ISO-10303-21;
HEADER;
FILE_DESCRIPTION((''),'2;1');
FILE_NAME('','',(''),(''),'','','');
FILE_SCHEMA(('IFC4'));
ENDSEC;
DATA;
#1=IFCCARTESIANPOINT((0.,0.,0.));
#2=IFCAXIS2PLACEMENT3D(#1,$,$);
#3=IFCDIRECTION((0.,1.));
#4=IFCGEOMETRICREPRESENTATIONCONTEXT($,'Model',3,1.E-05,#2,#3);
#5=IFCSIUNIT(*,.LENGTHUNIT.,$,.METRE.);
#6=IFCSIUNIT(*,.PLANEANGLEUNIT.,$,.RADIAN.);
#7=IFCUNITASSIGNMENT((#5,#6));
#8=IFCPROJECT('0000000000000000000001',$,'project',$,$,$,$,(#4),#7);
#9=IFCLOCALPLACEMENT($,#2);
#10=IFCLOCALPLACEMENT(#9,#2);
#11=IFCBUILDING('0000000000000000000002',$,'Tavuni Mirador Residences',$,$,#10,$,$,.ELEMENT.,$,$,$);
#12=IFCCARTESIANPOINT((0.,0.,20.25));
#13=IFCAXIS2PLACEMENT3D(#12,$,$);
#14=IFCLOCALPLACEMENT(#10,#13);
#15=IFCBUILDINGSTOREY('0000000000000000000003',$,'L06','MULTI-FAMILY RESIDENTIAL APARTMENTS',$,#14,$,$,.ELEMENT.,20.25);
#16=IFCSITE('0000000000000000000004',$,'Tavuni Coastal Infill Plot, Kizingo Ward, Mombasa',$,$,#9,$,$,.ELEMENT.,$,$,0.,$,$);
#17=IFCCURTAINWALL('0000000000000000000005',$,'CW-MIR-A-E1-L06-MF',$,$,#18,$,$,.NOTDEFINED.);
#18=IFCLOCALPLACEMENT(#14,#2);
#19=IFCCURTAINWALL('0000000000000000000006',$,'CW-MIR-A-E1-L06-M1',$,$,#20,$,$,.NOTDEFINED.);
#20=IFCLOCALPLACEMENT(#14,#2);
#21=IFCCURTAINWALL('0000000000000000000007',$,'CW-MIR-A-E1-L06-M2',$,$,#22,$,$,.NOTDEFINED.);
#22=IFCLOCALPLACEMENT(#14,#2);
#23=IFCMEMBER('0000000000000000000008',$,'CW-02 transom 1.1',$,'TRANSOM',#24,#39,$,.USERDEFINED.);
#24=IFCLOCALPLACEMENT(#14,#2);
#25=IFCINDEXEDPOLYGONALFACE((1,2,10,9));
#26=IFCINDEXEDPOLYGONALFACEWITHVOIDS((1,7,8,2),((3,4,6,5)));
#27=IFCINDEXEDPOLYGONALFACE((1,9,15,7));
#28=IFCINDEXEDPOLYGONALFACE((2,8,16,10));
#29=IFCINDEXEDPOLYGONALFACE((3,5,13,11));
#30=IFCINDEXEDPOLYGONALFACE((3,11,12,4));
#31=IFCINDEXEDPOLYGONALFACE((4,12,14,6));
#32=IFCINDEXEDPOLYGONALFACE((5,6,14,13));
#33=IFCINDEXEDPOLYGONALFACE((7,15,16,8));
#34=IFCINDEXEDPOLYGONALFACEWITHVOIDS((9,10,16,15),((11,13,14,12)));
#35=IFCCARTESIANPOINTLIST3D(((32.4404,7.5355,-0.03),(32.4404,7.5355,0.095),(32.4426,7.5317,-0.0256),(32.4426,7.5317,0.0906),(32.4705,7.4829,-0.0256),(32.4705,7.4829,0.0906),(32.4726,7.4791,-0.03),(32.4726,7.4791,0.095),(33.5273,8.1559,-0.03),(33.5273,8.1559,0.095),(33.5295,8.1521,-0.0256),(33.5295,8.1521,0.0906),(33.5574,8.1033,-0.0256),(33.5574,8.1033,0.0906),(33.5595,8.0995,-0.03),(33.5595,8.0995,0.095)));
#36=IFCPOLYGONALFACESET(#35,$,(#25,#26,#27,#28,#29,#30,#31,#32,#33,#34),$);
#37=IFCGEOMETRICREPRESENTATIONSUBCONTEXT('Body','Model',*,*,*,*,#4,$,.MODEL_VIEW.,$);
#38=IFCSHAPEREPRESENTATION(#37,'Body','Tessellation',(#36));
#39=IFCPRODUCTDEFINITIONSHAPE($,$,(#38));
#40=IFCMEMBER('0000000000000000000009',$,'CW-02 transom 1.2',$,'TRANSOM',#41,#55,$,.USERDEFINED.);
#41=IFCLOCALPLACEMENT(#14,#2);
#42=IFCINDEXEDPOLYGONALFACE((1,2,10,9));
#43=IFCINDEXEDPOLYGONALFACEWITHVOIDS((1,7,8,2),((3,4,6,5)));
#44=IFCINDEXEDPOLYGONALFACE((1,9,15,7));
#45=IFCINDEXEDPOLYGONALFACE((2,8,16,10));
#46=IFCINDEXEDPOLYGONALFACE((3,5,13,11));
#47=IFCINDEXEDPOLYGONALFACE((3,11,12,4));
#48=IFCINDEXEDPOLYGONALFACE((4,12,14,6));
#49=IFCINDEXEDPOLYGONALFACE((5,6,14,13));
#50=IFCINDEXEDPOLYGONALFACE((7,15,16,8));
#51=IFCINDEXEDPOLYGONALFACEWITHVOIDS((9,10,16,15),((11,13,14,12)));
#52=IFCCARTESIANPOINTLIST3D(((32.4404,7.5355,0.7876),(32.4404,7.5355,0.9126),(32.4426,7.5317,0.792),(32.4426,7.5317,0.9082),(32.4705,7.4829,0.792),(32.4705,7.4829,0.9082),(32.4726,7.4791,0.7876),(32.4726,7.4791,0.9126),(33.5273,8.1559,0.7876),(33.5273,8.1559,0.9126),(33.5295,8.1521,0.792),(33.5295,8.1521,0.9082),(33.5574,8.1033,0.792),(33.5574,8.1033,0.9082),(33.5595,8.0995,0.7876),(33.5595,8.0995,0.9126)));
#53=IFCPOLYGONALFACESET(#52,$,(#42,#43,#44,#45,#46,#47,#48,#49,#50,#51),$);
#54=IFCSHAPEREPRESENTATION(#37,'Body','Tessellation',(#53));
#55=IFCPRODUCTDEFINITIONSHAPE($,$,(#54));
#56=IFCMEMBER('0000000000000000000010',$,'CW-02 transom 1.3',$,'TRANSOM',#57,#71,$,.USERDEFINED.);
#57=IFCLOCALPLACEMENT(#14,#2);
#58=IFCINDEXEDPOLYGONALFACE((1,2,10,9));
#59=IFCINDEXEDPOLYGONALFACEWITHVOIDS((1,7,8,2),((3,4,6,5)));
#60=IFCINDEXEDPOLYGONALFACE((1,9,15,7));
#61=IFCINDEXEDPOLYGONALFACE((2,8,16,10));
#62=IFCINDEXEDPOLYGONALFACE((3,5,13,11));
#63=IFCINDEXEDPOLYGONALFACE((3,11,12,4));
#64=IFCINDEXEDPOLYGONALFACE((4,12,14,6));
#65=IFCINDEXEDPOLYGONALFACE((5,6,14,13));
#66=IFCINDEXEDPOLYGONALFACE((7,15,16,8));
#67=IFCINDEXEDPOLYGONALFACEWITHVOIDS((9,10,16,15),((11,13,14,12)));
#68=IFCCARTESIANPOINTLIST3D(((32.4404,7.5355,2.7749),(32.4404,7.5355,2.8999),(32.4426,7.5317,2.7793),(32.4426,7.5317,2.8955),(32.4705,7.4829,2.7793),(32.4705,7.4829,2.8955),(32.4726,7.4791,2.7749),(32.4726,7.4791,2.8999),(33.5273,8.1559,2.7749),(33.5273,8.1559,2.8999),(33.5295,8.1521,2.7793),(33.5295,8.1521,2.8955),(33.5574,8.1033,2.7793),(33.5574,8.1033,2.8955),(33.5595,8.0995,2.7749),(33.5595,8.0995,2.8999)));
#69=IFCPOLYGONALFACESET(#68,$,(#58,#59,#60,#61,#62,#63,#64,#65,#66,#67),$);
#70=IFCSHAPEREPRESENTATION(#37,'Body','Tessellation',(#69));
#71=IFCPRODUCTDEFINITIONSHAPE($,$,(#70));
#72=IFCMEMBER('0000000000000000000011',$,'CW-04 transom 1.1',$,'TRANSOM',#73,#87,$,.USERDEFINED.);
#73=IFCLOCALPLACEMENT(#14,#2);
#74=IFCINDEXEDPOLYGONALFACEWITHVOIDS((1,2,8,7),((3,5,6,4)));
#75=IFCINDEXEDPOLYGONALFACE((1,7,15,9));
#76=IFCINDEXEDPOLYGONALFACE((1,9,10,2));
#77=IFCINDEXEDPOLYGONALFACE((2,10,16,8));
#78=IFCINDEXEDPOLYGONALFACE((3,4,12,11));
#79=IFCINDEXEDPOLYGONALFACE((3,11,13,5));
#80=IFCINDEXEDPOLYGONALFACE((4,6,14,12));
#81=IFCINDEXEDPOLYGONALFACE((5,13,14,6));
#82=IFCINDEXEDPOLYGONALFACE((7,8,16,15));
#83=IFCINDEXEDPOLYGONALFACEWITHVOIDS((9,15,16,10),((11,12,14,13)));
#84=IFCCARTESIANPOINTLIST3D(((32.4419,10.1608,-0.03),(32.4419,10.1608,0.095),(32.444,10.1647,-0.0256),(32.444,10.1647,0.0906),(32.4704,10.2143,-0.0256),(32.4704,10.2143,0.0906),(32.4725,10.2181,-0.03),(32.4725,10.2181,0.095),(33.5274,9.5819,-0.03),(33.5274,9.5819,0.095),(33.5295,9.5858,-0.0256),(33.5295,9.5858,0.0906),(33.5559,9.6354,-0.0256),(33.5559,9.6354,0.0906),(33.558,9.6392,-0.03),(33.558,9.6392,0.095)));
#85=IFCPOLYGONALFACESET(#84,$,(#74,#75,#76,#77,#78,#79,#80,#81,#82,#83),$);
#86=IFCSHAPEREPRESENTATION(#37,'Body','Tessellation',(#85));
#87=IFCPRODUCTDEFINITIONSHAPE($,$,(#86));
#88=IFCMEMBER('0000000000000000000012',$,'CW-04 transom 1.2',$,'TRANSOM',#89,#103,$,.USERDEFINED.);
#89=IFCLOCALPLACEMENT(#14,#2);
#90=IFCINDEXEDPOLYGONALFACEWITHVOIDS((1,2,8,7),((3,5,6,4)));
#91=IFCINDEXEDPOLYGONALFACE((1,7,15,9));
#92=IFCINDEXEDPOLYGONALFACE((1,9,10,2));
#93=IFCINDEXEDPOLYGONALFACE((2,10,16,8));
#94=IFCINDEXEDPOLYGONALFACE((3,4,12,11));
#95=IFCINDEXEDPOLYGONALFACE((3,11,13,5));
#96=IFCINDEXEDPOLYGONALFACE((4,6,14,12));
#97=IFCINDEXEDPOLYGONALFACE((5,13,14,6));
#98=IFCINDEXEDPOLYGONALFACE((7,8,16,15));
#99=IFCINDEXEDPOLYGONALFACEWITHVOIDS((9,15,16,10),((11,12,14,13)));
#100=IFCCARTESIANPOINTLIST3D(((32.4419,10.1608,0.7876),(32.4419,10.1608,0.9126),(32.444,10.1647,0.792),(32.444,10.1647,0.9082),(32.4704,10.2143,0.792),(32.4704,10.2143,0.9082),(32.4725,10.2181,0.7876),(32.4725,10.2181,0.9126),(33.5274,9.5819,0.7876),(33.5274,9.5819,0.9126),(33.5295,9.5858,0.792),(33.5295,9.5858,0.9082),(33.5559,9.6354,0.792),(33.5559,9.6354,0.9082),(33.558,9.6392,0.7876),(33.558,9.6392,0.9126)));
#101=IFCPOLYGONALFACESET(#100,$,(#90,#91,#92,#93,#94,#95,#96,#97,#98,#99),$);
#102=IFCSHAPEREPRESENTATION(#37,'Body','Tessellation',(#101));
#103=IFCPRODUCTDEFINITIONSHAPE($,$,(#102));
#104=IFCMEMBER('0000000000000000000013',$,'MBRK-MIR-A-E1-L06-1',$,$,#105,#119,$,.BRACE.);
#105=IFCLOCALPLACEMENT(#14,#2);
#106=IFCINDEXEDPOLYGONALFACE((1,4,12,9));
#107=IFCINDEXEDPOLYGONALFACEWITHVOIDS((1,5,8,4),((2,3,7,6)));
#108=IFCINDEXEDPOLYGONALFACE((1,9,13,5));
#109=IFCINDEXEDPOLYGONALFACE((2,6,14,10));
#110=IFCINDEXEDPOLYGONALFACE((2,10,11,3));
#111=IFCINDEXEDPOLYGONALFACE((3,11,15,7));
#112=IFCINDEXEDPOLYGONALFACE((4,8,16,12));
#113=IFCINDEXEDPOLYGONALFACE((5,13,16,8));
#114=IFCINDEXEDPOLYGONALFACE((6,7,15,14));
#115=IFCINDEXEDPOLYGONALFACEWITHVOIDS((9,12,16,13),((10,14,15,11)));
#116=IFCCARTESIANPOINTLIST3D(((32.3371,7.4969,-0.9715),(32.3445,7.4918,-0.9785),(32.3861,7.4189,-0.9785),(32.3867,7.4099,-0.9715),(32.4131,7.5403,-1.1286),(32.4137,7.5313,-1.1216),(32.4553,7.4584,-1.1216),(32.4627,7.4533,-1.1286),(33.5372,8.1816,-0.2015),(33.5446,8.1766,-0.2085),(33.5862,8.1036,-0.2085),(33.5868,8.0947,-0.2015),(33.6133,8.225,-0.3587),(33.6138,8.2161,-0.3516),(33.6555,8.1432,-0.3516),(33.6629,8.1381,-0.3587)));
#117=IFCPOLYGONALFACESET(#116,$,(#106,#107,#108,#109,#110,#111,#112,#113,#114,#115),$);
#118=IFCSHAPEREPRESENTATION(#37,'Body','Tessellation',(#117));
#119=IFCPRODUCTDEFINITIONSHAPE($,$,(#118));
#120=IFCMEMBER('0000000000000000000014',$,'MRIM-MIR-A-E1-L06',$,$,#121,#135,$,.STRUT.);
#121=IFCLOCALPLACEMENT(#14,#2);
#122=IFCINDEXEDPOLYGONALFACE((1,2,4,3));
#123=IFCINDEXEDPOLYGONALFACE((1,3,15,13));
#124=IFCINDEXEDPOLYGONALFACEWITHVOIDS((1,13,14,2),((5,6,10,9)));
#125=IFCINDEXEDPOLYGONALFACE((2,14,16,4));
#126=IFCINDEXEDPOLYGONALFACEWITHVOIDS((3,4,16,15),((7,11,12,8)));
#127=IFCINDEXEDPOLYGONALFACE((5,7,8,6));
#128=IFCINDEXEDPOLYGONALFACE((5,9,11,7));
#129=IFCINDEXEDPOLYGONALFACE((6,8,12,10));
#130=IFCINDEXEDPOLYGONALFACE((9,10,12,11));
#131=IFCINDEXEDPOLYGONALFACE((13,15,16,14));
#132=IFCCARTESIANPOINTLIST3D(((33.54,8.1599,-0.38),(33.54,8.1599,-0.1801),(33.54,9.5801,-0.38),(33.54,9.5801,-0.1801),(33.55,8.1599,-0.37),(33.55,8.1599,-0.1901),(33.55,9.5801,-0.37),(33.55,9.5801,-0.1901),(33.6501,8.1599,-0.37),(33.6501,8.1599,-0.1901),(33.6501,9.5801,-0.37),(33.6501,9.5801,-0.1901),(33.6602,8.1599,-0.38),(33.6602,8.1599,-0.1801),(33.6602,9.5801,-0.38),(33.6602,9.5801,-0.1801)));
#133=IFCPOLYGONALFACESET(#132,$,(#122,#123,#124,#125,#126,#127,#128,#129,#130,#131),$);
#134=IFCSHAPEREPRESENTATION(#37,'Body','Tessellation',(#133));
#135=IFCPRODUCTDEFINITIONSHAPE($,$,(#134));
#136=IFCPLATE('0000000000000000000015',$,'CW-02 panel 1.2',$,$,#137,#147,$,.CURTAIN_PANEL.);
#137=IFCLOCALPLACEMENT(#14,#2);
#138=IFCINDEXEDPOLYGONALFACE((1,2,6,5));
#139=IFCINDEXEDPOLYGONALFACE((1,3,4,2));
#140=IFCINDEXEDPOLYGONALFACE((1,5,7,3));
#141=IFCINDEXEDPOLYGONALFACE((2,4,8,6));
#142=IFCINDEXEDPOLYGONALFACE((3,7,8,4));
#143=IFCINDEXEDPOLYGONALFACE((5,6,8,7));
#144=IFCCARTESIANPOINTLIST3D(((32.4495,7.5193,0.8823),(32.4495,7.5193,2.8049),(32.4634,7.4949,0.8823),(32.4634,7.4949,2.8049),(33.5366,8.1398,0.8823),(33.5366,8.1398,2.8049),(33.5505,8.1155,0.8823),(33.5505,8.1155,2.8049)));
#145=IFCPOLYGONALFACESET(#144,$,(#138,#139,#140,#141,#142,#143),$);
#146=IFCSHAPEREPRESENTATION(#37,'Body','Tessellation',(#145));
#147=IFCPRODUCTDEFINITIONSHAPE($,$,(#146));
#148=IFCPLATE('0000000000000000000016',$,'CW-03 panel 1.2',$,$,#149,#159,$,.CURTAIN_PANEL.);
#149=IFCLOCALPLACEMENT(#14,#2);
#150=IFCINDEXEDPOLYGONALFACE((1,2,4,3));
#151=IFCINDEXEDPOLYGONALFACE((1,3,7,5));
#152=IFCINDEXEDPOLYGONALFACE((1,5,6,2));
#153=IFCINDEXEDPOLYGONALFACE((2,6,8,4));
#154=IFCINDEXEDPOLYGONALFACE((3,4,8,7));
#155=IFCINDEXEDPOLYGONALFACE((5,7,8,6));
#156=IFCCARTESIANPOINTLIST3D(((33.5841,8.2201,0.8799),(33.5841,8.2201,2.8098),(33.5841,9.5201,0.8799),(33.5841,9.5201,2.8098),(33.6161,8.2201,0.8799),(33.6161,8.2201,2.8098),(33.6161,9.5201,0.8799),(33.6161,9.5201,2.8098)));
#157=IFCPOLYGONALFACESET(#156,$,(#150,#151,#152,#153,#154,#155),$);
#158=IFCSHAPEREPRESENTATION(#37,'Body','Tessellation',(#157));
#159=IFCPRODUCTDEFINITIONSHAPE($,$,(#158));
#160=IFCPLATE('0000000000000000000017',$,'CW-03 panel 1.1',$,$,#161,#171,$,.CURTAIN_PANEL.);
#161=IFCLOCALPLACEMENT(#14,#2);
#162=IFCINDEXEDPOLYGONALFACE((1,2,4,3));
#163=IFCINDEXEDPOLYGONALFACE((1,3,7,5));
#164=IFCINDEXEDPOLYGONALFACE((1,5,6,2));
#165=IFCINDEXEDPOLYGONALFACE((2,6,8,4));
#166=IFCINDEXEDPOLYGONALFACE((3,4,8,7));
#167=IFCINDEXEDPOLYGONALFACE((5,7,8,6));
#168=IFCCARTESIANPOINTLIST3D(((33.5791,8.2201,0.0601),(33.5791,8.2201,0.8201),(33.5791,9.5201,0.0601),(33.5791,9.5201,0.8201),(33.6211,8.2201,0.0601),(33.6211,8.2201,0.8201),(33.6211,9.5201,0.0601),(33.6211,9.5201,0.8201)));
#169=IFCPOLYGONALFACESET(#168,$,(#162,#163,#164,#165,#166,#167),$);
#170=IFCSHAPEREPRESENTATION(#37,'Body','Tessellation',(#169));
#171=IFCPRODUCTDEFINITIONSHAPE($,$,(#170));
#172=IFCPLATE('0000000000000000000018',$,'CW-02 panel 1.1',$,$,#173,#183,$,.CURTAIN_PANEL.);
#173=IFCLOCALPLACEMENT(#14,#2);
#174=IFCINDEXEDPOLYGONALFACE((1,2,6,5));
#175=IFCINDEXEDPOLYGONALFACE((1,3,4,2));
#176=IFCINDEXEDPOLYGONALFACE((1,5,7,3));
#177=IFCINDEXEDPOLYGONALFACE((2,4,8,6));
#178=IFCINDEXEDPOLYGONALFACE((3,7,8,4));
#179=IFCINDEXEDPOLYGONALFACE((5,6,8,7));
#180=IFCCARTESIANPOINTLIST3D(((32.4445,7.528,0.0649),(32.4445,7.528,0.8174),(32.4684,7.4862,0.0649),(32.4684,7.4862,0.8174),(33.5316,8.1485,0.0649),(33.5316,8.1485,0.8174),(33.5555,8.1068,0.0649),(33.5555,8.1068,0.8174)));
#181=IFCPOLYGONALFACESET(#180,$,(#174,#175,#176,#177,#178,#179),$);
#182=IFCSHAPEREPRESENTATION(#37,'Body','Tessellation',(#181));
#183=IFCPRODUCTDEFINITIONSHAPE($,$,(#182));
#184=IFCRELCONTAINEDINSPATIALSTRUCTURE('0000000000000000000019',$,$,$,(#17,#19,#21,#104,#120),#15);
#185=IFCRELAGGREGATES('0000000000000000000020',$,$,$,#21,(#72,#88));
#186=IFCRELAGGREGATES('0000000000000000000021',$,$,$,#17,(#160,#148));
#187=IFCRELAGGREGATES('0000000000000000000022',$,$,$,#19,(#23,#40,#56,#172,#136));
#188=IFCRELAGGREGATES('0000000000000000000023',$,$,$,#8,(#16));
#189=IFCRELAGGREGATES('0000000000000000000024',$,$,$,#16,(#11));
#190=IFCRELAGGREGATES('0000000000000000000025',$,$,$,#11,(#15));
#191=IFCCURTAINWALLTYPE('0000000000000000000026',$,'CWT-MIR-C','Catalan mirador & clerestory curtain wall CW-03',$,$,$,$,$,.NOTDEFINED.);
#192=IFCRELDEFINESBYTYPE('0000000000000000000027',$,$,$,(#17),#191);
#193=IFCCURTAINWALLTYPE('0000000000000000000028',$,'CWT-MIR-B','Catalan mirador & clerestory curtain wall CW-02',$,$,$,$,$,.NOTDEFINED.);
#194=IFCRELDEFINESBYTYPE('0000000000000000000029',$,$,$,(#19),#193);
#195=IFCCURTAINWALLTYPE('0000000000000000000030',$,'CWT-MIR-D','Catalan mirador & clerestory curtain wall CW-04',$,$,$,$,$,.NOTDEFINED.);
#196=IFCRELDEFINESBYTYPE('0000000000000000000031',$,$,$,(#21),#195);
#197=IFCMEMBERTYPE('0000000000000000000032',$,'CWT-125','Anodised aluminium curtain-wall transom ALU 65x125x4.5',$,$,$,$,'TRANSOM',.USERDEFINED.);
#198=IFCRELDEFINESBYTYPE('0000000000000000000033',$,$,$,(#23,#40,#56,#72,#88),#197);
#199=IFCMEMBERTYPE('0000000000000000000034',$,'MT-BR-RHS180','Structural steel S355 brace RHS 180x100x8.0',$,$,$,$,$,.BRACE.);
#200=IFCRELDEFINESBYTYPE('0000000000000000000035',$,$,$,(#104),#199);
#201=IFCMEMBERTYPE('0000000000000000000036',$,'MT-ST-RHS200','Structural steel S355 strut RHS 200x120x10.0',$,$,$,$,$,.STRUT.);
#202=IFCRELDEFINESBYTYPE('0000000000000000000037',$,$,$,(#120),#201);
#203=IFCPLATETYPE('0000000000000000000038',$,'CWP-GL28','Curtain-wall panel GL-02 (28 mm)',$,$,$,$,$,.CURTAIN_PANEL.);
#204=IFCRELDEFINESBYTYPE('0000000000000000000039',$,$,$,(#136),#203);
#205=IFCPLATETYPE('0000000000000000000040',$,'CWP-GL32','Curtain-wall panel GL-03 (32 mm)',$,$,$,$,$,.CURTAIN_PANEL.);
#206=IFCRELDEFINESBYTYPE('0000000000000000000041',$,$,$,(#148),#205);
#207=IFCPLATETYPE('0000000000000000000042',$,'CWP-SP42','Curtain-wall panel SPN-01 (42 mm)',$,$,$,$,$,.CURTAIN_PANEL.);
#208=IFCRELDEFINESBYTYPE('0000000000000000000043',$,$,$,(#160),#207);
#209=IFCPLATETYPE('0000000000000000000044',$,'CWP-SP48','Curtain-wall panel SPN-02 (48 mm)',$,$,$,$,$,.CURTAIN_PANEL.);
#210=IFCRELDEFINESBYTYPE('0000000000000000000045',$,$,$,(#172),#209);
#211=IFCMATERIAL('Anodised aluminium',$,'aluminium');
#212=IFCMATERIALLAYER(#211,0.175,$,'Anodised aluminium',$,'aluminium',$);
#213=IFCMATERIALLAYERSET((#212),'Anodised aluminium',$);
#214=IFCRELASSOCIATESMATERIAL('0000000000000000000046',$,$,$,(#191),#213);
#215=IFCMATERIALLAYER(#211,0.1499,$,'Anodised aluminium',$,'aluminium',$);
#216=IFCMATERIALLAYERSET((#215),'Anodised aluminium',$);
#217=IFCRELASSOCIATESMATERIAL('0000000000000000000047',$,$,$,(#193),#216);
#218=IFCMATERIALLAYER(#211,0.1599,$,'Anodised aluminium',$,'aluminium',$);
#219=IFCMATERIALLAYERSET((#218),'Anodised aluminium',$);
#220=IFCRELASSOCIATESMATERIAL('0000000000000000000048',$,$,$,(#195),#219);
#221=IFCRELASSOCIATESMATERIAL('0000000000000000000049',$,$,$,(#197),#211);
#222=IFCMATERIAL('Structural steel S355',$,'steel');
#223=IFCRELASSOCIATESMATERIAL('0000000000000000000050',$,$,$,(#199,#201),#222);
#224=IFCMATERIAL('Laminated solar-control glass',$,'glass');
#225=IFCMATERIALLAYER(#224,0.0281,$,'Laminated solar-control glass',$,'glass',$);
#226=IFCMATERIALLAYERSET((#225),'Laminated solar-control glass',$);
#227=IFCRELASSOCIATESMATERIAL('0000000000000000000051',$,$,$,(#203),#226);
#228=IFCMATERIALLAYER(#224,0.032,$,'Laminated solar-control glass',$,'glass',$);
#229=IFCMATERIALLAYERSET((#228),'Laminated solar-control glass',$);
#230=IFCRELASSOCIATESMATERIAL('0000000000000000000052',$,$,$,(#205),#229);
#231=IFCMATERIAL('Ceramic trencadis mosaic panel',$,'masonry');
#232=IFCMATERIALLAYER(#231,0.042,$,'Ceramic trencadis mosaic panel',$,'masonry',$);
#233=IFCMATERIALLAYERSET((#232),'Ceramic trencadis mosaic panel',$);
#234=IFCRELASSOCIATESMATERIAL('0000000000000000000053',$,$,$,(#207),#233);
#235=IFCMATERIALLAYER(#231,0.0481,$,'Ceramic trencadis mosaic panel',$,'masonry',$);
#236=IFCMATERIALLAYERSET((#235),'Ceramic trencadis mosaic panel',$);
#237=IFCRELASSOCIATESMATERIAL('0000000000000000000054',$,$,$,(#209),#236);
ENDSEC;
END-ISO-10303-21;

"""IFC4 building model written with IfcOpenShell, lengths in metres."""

from ifc_helpers import new_model, si_unit, direction, frame, origin, origin_2d, place, context, subcontext, project, spatial, rectangle, hollow_rectangle, extrude, material, layer, layer_set, material_profile, profile_set, type_object, element, aggregate, save


model = new_model("IFC4")

# Units and contexts
model_context = context("Model", 3, precision=1e-05, world=origin(), true_north=direction((0.0, 1.0)))
body_context = subcontext(model_context, "Body", "Model", "MODEL_VIEW")
ifc_project = project(units=[si_unit("LENGTHUNIT", "METRE"), si_unit("PLANEANGLEUNIT", "RADIAN")], contexts=[model_context])

# Site, building, storey
site_placement = place(None, origin())
site = spatial("IfcSite", under=ifc_project, at=site_placement, Name="Tavuni Coastal Infill Plot, Kizingo Ward, Mombasa", CompositionType="ELEMENT", RefElevation=0.0)
building_placement = place(site_placement, origin())
building = spatial("IfcBuilding", under=site, at=building_placement, Name="Tavuni Mirador Residences", CompositionType="ELEMENT")
storey_placement = place(building_placement, frame((0.0, 0.0, 20.25)))
storey = spatial("IfcBuildingStorey", under=building, at=storey_placement, Name="L06", Description="MULTI-FAMILY RESIDENTIAL APARTMENTS", CompositionType="ELEMENT", Elevation=20.25)

# Curtain walls
ifc_material_1 = material(Name="Anodised aluminium", Category="aluminium")
ifc_layer_1 = layer(ifc_material_1, 0.175, Name="Anodised aluminium", Category="aluminium")
ifc_layer_set_1 = layer_set([ifc_layer_1], Name="Anodised aluminium")
curtain_wall_type_1 = type_object("IfcCurtainWallType", Name="CWT-MIR-C", Description="Catalan mirador & clerestory curtain wall CW-03", PredefinedType="NOTDEFINED", material=ifc_layer_set_1)
curtain_wall_1_placement = place(storey_placement, origin())
curtain_wall_1 = element("IfcCurtainWall", 1, at=curtain_wall_1_placement, inside=storey, type_object=curtain_wall_type_1, Name="CW-MIR-A-E1-L06-MF", PredefinedType="NOTDEFINED")
ifc_layer_2 = layer(ifc_material_1, 0.1499, Name="Anodised aluminium", Category="aluminium")
ifc_layer_set_2 = layer_set([ifc_layer_2], Name="Anodised aluminium")
curtain_wall_type_2 = type_object("IfcCurtainWallType", Name="CWT-MIR-B", Description="Catalan mirador & clerestory curtain wall CW-02", PredefinedType="NOTDEFINED", material=ifc_layer_set_2)
curtain_wall_2_placement = place(storey_placement, origin())
curtain_wall_2 = element("IfcCurtainWall", 2, at=curtain_wall_2_placement, inside=storey, type_object=curtain_wall_type_2, Name="CW-MIR-A-E1-L06-M1", PredefinedType="NOTDEFINED")

# Curtain wall
ifc_layer_3 = layer(ifc_material_1, 0.1599, Name="Anodised aluminium", Category="aluminium")
ifc_layer_set_3 = layer_set([ifc_layer_3], Name="Anodised aluminium")
curtain_wall_type_3 = type_object("IfcCurtainWallType", Name="CWT-MIR-D", Description="Catalan mirador & clerestory curtain wall CW-04", PredefinedType="NOTDEFINED", material=ifc_layer_set_3)
curtain_wall_3_placement = place(storey_placement, origin())
curtain_wall_3 = element("IfcCurtainWall", 3, at=curtain_wall_3_placement, inside=storey, type_object=curtain_wall_type_3, Name="CW-MIR-A-E1-L06-M2", PredefinedType="NOTDEFINED")

# Members
ifc_material_profile_1 = material_profile(ifc_material_1, hollow_rectangle(XDim=0.0649, YDim=0.125, WallThickness=0.0044, at=origin_2d()), Name="ALU 65x125x4.5", Category="aluminium")
ifc_profile_set_1 = profile_set([ifc_material_profile_1], Name="Anodised aluminium")
member_type_1 = type_object("IfcMemberType", Name="CWT-125", Description="Anodised aluminium curtain-wall transom ALU 65x125x4.5", ElementType="TRANSOM", PredefinedType="USERDEFINED", material=ifc_profile_set_1)
member_1_placement = place(storey_placement, frame((32.4565, 7.5073, 0.0325), z_axis=(0.868495, 0.495698, 0.0), x_axis=(-0.495698, 0.868495, 0.0)))
member_1 = element("IfcMember", 4, at=member_1_placement, type_object=member_type_1, Name="CW-02 transom 1.1", ObjectType="TRANSOM", PredefinedType="USERDEFINED", context=body_context, shape_type="SweptSolid", body=[
    extrude(hollow_rectangle(XDim=0.0649, YDim=0.125, WallThickness=0.0044, at=origin_2d()), origin(), (0.0, 0.0, 1.0), 1.2515),
])
member_2_placement = place(storey_placement, frame((32.4565, 7.5073, 0.8501), z_axis=(0.868495, 0.495698, 0.0), x_axis=(-0.495698, 0.868495, 0.0)))
member_2 = element("IfcMember", 5, at=member_2_placement, type_object=member_type_1, Name="CW-02 transom 1.2", ObjectType="TRANSOM", PredefinedType="USERDEFINED", context=body_context, shape_type="SweptSolid", body=[
    extrude(hollow_rectangle(XDim=0.0649, YDim=0.125, WallThickness=0.0044, at=origin_2d()), origin(), (0.0, 0.0, 1.0), 1.2515),
])
member_3_placement = place(storey_placement, frame((32.4565, 7.5073, 2.8374), z_axis=(0.868495, 0.495698, 0.0), x_axis=(-0.495698, 0.868495, 0.0)))
member_3 = element("IfcMember", 6, at=member_3_placement, type_object=member_type_1, Name="CW-02 transom 1.3", ObjectType="TRANSOM", PredefinedType="USERDEFINED", context=body_context, shape_type="SweptSolid", body=[
    extrude(hollow_rectangle(XDim=0.0649, YDim=0.125, WallThickness=0.0044, at=origin_2d()), origin(), (0.0, 0.0, 1.0), 1.2515),
])
member_4_placement = place(storey_placement, frame((33.5427, 9.6106, 0.0325), z_axis=(-0.882369, 0.470557, 0.0), x_axis=(-0.470557, -0.882369, 0.0)))
member_4 = element("IfcMember", 7, at=member_4_placement, type_object=member_type_1, Name="CW-04 transom 1.1", ObjectType="TRANSOM", PredefinedType="USERDEFINED", context=body_context, shape_type="SweptSolid", body=[
    extrude(hollow_rectangle(XDim=0.0649, YDim=0.125, WallThickness=0.0044, at=origin_2d()), origin(), (0.0, 0.0, 1.0), 1.2302),
])
member_5_placement = place(storey_placement, frame((33.5427, 9.6106, 0.8501), z_axis=(-0.882369, 0.470557, 0.0), x_axis=(-0.470557, -0.882369, 0.0)))
member_5 = element("IfcMember", 8, at=member_5_placement, type_object=member_type_1, Name="CW-04 transom 1.2", ObjectType="TRANSOM", PredefinedType="USERDEFINED", context=body_context, shape_type="SweptSolid", body=[
    extrude(hollow_rectangle(XDim=0.0649, YDim=0.125, WallThickness=0.0044, at=origin_2d()), origin(), (0.0, 0.0, 1.0), 1.2302),
])
aggregate(curtain_wall_3, [member_4, member_5])

# Members
ifc_material_2 = material(Name="Structural steel S355", Category="steel")
ifc_material_profile_2 = material_profile(ifc_material_2, hollow_rectangle(XDim=0.1001, YDim=0.1799, WallThickness=0.0081, at=origin_2d()), Name="RHS 180x100x8.0", Category="steel")
ifc_profile_set_2 = profile_set([ifc_material_profile_2], Name="Structural steel S355")
member_type_2 = type_object("IfcMemberType", Name="MT-BR-RHS180", Description="Structural steel S355 brace RHS 180x100x8.0", PredefinedType="BRACE", material=ifc_profile_set_2)
member_6_placement = place(storey_placement, frame((32.3999, 7.4751, -1.05), z_axis=(0.758711, 0.43291, 0.486772), x_axis=(-0.495587, 0.868558, 0.0)))
element("IfcMember", 9, at=member_6_placement, inside=storey, type_object=member_type_2, Name="MBRK-MIR-A-E1-L06-1", PredefinedType="BRACE", context=body_context, shape_type="SweptSolid", body=[
    extrude(hollow_rectangle(XDim=0.1001, YDim=0.1799, WallThickness=0.0081, at=origin_2d()), origin(), (0.0, 0.0, 1.0), 1.5818),
])
ifc_material_profile_3 = material_profile(ifc_material_2, hollow_rectangle(XDim=0.1201, YDim=0.2, WallThickness=0.01, at=origin_2d()), Name="RHS 200x120x10.0", Category="steel")
ifc_profile_set_3 = profile_set([ifc_material_profile_3], Name="Structural steel S355")
member_type_3 = type_object("IfcMemberType", Name="MT-ST-RHS200", Description="Structural steel S355 strut RHS 200x120x10.0", PredefinedType="STRUT", material=ifc_profile_set_3)
member_7_placement = place(storey_placement, frame((33.6001, 8.1599, -0.28), z_axis=(0.0, 1.0, 0.0), x_axis=(-1.0, 0.0, 0.0)))
element("IfcMember", 10, at=member_7_placement, inside=storey, type_object=member_type_3, Name="MRIM-MIR-A-E1-L06", PredefinedType="STRUT", context=body_context, shape_type="SweptSolid", body=[
    extrude(hollow_rectangle(XDim=0.1201, YDim=0.2, WallThickness=0.01, at=origin_2d()), origin(), (0.0, 0.0, 1.0), 1.4202),
])

# Plates
ifc_material_3 = material(Name="Laminated solar-control glass", Category="glass")
ifc_layer_4 = layer(ifc_material_3, 0.0281, Name="Laminated solar-control glass", Category="glass")
ifc_layer_set_4 = layer_set([ifc_layer_4], Name="Laminated solar-control glass")
plate_type_1 = type_object("IfcPlateType", Name="CWP-GL28", Description="Curtain-wall panel GL-02 (28 mm)", PredefinedType="CURTAIN_PANEL", material=ifc_layer_set_4)
plate_1_placement = place(storey_placement, frame((33.0, 7.8174, 0.8823), z_axis=(0.0, 0.0, 1.0), x_axis=(0.868466, 0.495749, 0.0)))
plate_1 = element("IfcPlate", 11, at=plate_1_placement, type_object=plate_type_1, Name="CW-02 panel 1.2", PredefinedType="CURTAIN_PANEL", context=body_context, shape_type="SweptSolid", body=[
    extrude(rectangle(XDim=1.2517, YDim=0.0281, at=origin_2d()), origin(), (0.0, 0.0, 1.0), 1.9226),
])
ifc_layer_5 = layer(ifc_material_3, 0.032, Name="Laminated solar-control glass", Category="glass")
ifc_layer_set_5 = layer_set([ifc_layer_5], Name="Laminated solar-control glass")
plate_type_2 = type_object("IfcPlateType", Name="CWP-GL32", Description="Curtain-wall panel GL-03 (32 mm)", PredefinedType="CURTAIN_PANEL", material=ifc_layer_set_5)
plate_2_placement = place(storey_placement, frame((33.6001, 8.8701, 0.8799), z_axis=(0.0, 0.0, 1.0), x_axis=(0.0, 1.0, 0.0)))
plate_2 = element("IfcPlate", 12, at=plate_2_placement, type_object=plate_type_2, Name="CW-03 panel 1.2", PredefinedType="CURTAIN_PANEL", context=body_context, shape_type="SweptSolid", body=[
    extrude(rectangle(XDim=1.3, YDim=0.032, at=origin_2d()), origin(), (0.0, 0.0, 1.0), 1.9299),
])
ifc_material_4 = material(Name="Ceramic trencadis mosaic panel", Category="masonry")
ifc_layer_6 = layer(ifc_material_4, 0.042, Name="Ceramic trencadis mosaic panel", Category="masonry")
ifc_layer_set_6 = layer_set([ifc_layer_6], Name="Ceramic trencadis mosaic panel")
plate_type_3 = type_object("IfcPlateType", Name="CWP-SP42", Description="Curtain-wall panel SPN-01 (42 mm)", PredefinedType="CURTAIN_PANEL", material=ifc_layer_set_6)
plate_3_placement = place(storey_placement, frame((33.6001, 8.8701, 0.0601), z_axis=(0.0, 0.0, 1.0), x_axis=(0.0, 1.0, 0.0)))
plate_3 = element("IfcPlate", 13, at=plate_3_placement, type_object=plate_type_3, Name="CW-03 panel 1.1", PredefinedType="CURTAIN_PANEL", context=body_context, shape_type="SweptSolid", body=[
    extrude(rectangle(XDim=1.3, YDim=0.042, at=origin_2d()), origin(), (0.0, 0.0, 1.0), 0.76),
])
aggregate(curtain_wall_1, [plate_3, plate_2])
ifc_layer_7 = layer(ifc_material_4, 0.0481, Name="Ceramic trencadis mosaic panel", Category="masonry")
ifc_layer_set_7 = layer_set([ifc_layer_7], Name="Ceramic trencadis mosaic panel")
plate_type_4 = type_object("IfcPlateType", Name="CWP-SP48", Description="Curtain-wall panel SPN-02 (48 mm)", PredefinedType="CURTAIN_PANEL", material=ifc_layer_set_7)
plate_4_placement = place(storey_placement, frame((33.0, 7.8174, 0.0649), z_axis=(0.0, 0.0, 1.0), x_axis=(0.868466, 0.495749, 0.0)))
plate_4 = element("IfcPlate", 14, at=plate_4_placement, type_object=plate_type_4, Name="CW-02 panel 1.1", PredefinedType="CURTAIN_PANEL", context=body_context, shape_type="SweptSolid", body=[
    extrude(rectangle(XDim=1.2517, YDim=0.0481, at=origin_2d()), origin(), (0.0, 0.0, 1.0), 0.7524),
])
aggregate(curtain_wall_2, [member_1, member_2, member_3, plate_4, plate_1])

save(model, "model.ifc")
